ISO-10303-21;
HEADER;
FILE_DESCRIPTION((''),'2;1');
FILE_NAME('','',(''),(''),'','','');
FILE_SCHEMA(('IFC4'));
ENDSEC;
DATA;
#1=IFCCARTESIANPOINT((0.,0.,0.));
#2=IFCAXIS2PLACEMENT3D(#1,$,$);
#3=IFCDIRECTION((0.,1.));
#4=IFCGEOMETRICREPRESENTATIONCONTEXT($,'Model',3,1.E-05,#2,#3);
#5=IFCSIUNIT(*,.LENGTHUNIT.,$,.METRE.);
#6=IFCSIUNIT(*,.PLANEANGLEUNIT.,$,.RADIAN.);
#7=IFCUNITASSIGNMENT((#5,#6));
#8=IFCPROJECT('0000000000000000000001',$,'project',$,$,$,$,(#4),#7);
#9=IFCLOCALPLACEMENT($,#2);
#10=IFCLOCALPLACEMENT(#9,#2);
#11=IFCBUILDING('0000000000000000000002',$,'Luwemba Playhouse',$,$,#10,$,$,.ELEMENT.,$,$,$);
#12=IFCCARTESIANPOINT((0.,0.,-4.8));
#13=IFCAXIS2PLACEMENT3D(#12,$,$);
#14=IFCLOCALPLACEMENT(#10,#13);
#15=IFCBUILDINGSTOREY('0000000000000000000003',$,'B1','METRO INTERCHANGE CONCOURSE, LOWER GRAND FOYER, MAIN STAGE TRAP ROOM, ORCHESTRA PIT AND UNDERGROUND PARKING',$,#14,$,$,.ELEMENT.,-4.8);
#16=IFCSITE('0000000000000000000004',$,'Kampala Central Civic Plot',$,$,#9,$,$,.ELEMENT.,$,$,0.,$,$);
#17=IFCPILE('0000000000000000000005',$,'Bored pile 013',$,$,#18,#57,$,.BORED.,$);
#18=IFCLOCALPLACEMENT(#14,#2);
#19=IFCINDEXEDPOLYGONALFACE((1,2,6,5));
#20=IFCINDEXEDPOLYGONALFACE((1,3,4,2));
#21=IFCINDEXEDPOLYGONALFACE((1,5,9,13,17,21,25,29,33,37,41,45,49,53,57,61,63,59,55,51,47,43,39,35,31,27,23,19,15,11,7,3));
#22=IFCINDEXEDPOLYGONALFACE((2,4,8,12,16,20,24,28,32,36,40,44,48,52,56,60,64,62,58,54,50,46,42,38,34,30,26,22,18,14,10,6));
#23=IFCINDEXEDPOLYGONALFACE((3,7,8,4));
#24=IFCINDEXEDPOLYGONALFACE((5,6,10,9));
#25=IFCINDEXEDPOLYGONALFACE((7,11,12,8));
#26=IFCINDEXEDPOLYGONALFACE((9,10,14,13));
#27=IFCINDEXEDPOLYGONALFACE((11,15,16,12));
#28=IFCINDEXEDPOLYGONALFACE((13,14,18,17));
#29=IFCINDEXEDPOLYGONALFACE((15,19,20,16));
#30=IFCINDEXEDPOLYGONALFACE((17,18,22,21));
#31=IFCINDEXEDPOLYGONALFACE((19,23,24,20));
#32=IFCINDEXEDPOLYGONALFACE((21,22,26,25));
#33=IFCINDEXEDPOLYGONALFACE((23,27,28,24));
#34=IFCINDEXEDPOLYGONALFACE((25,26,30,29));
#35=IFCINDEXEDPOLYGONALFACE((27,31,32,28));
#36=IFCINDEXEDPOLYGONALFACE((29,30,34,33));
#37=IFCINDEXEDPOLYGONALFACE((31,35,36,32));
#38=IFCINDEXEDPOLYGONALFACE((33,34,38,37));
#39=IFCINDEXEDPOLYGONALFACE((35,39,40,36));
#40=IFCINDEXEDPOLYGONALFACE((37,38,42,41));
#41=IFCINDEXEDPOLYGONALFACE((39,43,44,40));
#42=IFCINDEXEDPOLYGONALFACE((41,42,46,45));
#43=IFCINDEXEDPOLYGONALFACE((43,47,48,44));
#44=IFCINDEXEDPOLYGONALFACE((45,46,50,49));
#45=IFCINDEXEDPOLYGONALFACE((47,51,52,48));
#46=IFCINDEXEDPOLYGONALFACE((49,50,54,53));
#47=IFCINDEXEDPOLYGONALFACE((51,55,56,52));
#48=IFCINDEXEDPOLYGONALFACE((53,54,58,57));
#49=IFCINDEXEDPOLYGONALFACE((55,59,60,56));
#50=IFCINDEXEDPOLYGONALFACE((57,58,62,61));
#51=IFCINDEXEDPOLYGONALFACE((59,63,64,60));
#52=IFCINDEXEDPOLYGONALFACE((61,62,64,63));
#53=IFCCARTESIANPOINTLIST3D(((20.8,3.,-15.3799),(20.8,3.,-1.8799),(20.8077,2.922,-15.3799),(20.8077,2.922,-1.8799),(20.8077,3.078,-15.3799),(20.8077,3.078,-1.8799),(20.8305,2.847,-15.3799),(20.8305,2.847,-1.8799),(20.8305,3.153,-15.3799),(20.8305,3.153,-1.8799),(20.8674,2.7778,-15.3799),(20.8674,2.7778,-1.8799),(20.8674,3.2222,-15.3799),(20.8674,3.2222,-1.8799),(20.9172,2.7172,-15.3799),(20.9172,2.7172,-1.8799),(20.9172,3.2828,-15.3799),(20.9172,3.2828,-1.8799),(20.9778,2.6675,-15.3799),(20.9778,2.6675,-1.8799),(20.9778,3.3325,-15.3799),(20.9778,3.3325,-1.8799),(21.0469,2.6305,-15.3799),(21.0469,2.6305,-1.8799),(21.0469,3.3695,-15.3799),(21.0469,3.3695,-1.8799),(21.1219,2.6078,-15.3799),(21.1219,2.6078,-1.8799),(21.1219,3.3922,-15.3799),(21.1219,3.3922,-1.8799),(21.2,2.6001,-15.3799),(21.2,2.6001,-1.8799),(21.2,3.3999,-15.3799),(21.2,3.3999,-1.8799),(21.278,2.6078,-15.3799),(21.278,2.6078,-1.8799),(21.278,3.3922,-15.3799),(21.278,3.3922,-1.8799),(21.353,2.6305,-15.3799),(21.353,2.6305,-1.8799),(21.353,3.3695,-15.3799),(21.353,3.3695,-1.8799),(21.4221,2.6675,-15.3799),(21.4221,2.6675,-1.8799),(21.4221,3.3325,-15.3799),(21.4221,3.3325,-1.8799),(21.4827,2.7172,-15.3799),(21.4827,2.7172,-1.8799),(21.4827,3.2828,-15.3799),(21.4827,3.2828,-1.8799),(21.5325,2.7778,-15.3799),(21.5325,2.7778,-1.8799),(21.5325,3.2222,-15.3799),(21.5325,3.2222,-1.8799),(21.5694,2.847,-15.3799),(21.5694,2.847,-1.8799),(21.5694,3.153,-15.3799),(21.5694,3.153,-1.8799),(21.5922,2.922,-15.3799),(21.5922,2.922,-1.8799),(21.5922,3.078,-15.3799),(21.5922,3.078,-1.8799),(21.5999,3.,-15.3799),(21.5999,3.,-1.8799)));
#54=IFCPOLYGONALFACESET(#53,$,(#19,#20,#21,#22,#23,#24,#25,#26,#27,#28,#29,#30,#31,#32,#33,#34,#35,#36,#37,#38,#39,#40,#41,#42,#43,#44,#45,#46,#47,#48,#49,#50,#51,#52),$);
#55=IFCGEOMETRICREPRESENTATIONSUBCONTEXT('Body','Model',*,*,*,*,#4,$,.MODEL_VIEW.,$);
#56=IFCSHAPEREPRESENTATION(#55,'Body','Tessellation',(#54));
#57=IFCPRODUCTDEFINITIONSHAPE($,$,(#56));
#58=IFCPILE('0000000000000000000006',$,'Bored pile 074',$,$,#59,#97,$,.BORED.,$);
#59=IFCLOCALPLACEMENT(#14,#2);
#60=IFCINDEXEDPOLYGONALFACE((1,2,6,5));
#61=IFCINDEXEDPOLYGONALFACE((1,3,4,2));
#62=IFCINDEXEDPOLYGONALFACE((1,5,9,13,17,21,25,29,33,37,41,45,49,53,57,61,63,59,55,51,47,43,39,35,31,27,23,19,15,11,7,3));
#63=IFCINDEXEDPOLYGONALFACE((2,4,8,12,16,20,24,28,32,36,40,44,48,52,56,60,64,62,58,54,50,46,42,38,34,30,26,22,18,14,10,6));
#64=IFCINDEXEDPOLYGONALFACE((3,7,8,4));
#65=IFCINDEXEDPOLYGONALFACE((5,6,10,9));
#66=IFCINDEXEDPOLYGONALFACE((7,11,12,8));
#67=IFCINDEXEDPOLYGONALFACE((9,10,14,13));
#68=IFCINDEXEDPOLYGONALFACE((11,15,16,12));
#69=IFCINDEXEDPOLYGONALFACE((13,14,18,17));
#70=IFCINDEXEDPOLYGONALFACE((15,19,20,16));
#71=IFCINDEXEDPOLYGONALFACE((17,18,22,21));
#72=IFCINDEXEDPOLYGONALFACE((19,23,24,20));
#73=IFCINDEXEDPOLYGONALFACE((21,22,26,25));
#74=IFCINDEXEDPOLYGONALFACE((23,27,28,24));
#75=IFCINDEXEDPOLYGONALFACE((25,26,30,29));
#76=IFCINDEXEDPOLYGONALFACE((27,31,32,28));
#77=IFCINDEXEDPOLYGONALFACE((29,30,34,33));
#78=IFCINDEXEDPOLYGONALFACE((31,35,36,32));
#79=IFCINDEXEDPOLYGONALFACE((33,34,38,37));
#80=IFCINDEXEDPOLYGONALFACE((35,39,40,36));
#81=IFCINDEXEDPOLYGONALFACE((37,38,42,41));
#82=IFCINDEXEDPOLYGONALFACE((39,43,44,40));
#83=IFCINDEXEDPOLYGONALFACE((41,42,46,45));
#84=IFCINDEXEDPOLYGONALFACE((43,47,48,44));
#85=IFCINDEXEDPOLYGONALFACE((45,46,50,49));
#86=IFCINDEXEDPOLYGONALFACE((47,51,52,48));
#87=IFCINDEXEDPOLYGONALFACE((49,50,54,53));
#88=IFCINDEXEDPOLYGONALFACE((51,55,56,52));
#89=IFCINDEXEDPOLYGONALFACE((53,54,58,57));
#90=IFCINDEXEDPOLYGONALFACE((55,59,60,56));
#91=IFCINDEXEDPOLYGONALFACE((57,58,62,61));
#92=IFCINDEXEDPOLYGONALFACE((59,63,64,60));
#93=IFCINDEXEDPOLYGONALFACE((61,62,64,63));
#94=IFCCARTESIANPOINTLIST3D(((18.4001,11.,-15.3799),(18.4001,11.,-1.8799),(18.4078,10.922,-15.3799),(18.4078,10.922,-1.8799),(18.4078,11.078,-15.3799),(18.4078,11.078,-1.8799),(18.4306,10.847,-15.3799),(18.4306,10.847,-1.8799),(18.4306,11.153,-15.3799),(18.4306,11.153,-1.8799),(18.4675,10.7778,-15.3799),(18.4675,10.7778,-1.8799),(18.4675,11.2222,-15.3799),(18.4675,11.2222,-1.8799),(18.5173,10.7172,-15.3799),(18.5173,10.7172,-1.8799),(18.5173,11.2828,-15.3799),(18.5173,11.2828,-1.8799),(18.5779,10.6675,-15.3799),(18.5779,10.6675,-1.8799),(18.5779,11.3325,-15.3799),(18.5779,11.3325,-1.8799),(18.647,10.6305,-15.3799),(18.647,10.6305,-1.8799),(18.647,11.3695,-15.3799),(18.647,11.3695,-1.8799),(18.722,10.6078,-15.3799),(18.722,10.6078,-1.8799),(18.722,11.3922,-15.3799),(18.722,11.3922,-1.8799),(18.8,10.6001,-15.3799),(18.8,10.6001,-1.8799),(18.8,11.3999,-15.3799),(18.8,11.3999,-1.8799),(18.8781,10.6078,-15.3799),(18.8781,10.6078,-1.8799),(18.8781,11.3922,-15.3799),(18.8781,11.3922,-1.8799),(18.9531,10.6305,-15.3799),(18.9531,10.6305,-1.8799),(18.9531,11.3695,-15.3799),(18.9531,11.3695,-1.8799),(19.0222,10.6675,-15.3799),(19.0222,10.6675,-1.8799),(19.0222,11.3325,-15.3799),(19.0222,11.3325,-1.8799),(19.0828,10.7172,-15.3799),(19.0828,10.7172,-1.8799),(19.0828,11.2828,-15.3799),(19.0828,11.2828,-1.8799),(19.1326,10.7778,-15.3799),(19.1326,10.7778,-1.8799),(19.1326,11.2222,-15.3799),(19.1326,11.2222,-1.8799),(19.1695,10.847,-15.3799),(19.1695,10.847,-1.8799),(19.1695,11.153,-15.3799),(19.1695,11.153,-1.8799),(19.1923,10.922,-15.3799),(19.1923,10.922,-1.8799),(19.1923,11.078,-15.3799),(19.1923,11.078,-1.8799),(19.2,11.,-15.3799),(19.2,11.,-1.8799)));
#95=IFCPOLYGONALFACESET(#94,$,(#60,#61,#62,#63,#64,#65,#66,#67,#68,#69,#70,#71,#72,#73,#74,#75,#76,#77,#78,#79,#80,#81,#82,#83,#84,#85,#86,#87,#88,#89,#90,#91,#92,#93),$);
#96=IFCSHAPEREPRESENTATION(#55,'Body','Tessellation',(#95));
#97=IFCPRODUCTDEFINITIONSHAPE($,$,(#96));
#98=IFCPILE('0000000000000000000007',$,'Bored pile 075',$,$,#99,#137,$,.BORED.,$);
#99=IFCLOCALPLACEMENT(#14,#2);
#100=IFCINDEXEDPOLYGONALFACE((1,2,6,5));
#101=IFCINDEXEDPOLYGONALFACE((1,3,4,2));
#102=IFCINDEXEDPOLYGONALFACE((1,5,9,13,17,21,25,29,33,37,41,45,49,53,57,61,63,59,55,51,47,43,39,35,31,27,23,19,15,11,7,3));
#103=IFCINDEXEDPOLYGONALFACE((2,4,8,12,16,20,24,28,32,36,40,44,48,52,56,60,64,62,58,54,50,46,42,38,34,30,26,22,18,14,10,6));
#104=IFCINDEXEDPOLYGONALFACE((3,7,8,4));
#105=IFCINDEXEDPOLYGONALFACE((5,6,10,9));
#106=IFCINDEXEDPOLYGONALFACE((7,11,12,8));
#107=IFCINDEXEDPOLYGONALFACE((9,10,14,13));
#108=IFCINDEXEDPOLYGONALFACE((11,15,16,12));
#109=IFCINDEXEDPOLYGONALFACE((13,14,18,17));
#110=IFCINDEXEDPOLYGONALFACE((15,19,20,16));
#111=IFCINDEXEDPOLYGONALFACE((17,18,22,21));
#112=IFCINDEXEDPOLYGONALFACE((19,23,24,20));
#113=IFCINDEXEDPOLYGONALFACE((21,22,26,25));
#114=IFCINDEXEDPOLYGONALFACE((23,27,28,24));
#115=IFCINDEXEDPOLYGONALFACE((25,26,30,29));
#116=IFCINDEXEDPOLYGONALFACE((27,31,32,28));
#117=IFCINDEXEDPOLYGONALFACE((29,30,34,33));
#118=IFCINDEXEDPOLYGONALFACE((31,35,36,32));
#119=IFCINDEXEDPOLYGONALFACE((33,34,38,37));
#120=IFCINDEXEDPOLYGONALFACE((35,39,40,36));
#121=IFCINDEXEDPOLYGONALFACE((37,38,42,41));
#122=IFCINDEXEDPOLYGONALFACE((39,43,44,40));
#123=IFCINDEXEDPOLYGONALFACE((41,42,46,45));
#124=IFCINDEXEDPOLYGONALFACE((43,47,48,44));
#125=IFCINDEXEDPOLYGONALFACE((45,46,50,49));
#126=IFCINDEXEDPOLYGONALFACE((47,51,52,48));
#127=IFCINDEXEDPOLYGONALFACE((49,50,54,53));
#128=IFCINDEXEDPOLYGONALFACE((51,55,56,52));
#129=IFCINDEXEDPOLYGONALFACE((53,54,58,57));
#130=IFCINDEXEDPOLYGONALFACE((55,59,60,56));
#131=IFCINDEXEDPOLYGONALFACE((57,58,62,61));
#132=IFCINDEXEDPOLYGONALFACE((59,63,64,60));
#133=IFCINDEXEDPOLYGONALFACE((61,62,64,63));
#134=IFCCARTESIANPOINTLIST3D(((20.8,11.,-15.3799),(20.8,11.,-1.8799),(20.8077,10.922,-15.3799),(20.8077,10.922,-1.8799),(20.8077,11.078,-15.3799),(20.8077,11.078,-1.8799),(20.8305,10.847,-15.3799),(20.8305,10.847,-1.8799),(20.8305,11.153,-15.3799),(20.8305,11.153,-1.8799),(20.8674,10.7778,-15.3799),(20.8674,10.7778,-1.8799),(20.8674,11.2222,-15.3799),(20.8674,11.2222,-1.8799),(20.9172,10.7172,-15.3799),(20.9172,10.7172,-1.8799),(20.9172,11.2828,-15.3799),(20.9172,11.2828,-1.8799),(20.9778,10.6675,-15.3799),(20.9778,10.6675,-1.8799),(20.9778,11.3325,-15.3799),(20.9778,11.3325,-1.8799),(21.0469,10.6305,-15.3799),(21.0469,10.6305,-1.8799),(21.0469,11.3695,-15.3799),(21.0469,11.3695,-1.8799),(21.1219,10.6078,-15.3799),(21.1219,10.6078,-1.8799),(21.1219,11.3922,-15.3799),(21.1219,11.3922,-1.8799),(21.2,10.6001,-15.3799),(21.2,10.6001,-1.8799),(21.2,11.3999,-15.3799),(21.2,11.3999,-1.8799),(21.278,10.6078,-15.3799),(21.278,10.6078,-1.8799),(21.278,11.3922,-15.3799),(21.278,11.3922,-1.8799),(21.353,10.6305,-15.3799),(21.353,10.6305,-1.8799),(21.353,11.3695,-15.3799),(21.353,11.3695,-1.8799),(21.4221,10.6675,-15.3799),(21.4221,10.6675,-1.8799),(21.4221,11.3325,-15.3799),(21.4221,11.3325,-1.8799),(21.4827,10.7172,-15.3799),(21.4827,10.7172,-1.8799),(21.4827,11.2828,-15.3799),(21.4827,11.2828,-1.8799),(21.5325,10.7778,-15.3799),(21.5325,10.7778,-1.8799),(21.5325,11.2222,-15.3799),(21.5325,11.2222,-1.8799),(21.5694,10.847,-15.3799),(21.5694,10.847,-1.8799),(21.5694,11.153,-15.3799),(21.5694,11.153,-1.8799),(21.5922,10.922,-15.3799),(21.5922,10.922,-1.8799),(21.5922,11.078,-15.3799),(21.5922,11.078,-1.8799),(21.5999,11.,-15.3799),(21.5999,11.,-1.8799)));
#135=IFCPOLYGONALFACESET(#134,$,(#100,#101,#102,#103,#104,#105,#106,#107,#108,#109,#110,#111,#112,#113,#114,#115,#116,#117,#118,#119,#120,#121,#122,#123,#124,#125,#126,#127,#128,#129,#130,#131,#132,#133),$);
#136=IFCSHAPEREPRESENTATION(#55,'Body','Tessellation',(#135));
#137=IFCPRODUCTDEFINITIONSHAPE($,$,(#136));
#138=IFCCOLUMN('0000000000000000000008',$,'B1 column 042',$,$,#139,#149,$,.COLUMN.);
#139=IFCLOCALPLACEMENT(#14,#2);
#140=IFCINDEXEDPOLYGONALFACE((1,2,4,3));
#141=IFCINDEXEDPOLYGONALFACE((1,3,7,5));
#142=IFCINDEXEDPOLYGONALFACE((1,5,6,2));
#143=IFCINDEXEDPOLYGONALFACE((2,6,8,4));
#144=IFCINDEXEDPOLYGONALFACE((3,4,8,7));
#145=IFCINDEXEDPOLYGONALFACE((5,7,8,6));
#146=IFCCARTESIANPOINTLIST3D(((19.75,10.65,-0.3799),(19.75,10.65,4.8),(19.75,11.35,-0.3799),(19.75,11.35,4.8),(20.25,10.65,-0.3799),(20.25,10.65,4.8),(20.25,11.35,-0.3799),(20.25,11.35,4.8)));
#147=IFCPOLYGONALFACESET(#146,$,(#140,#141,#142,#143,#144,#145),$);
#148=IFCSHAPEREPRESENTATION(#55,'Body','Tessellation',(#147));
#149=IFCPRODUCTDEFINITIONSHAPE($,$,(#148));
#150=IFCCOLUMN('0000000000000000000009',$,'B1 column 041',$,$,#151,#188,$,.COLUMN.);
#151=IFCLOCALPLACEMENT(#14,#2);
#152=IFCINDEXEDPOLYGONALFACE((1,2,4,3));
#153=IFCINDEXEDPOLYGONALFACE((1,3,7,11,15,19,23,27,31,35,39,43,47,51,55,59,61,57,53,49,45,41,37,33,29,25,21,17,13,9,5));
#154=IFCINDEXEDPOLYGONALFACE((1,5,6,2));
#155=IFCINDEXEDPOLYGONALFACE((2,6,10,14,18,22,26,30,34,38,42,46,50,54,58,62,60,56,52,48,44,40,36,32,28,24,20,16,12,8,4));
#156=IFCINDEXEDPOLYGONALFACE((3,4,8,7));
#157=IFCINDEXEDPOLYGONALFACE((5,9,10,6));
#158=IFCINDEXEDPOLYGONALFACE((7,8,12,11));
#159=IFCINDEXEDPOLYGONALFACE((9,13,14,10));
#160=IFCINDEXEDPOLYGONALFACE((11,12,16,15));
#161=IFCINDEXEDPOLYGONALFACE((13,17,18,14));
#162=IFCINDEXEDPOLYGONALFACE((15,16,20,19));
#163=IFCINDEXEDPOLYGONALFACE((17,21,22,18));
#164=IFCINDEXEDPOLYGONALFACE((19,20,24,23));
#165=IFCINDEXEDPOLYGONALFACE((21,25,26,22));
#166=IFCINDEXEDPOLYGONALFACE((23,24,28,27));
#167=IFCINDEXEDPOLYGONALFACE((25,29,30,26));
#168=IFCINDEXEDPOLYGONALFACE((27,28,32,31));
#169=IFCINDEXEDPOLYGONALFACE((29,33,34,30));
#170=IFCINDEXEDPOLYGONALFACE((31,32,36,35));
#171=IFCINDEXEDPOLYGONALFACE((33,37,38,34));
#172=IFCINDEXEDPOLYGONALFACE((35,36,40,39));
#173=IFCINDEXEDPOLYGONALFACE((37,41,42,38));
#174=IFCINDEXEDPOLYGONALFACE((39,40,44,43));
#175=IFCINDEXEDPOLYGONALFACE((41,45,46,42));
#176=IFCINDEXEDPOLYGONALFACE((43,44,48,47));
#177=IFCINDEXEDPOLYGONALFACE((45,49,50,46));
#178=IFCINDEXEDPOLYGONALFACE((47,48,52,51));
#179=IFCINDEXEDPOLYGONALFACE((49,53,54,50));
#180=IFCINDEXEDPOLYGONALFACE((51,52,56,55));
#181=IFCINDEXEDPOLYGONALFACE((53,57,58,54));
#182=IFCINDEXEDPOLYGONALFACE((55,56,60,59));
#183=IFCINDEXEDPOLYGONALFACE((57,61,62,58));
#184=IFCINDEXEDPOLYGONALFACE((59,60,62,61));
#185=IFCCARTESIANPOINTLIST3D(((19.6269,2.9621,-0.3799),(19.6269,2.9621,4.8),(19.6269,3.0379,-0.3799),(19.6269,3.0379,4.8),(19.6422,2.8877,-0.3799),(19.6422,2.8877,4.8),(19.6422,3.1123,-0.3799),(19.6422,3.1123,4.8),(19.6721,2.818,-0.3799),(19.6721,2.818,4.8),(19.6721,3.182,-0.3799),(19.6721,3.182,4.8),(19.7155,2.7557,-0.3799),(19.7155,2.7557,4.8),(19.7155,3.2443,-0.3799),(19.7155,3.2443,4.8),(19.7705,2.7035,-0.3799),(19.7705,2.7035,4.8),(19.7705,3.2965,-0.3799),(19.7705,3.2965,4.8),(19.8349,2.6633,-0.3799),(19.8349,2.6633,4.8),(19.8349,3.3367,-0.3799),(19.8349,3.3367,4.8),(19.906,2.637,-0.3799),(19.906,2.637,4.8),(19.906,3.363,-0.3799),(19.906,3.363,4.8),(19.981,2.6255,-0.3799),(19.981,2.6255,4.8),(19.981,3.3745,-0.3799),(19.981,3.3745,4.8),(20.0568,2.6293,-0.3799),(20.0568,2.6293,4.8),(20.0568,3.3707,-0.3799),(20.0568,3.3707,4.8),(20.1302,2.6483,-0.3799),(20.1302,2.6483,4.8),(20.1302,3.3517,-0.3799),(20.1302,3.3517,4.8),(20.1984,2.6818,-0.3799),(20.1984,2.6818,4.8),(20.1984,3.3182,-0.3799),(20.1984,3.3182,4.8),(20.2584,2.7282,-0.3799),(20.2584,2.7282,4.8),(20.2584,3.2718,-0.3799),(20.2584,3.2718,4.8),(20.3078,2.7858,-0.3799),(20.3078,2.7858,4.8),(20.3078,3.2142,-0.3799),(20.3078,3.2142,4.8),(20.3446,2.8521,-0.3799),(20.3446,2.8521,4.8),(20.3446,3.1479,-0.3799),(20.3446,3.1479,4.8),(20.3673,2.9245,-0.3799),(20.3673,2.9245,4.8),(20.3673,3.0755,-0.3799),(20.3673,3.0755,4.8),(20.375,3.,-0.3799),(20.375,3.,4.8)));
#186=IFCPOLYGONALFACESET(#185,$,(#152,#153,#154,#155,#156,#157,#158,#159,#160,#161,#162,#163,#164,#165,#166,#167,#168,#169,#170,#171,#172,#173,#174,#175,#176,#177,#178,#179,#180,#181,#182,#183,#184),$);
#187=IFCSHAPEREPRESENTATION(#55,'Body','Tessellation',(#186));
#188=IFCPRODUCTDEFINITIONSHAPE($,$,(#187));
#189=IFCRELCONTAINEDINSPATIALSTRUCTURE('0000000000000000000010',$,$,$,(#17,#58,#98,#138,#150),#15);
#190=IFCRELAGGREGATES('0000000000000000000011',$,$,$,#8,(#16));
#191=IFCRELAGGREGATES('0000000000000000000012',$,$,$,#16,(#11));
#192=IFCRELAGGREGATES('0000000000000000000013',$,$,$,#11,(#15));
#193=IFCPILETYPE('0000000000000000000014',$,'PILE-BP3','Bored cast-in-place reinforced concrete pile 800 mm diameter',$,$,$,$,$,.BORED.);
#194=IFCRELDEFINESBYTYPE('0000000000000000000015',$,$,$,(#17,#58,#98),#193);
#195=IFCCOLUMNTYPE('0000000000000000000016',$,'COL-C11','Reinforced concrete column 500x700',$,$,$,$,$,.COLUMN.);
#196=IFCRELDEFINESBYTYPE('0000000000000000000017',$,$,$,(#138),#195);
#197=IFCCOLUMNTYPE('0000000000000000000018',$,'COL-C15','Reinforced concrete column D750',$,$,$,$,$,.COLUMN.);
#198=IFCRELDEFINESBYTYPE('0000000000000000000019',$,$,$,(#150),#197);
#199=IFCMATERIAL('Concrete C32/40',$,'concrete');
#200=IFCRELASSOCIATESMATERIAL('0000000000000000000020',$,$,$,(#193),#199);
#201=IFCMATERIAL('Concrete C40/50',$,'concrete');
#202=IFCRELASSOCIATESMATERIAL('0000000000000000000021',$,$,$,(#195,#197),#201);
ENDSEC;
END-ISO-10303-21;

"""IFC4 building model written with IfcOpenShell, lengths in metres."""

from ifc_helpers import new_model, si_unit, direction, frame, origin, origin_2d, place, context, subcontext, project, spatial, rectangle, circle, extrude, material, material_profile, profile_set, type_object, element, save


model = new_model("IFC4")

# Units and contexts
model_context = context("Model", 3, precision=1e-05, world=origin(), true_north=direction((0.0, 1.0)))
body_context = subcontext(model_context, "Body", "Model", "MODEL_VIEW")
ifc_project = project(units=[si_unit("LENGTHUNIT", "METRE"), si_unit("PLANEANGLEUNIT", "RADIAN")], contexts=[model_context])

# Site, building, storey
site_placement = place(None, origin())
site = spatial("IfcSite", under=ifc_project, at=site_placement, Name="Kampala Central Civic Plot", CompositionType="ELEMENT", RefElevation=0.0)
building_placement = place(site_placement, origin())
building = spatial("IfcBuilding", under=site, at=building_placement, Name="Luwemba Playhouse", CompositionType="ELEMENT")
storey_placement = place(building_placement, frame((0.0, 0.0, -4.8)))
storey = spatial("IfcBuildingStorey", under=building, at=storey_placement, Name="B1", Description="METRO INTERCHANGE CONCOURSE, LOWER GRAND FOYER, MAIN STAGE TRAP ROOM, ORCHESTRA PIT AND UNDERGROUND PARKING", CompositionType="ELEMENT", Elevation=-4.8)

# Shared definitions
ifc_material_1 = material(Name="Concrete C32/40", Category="concrete")

# Piles
ifc_material_profile_1 = material_profile(ifc_material_1, circle(Radius=0.3999, at=origin_2d()))
ifc_profile_set_1 = profile_set([ifc_material_profile_1], Name="Concrete C32/40")
pile_type_1 = type_object("IfcPileType", Name="PILE-BP3", Description="Bored cast-in-place reinforced concrete pile 800 mm diameter", PredefinedType="BORED", material=ifc_profile_set_1)
for number, where, z_axis, x_axis, name in (
    (1, (21.2, 3.0, -1.8799), (0.0, 0.0, -1.0), (1.0, 0.0, 0.0), "Bored pile 013"),
    (2, (18.8, 11.0, -1.8799), (0.0, 0.0, -1.0), (1.0, 0.0, 0.0), "Bored pile 074"),
    (3, (21.2, 11.0, -1.8799), (0.0, 0.0, -1.0), (1.0, 0.0, 0.0), "Bored pile 075"),
):
    element("IfcPile", number, at=place(storey_placement, frame(where, z_axis=z_axis, x_axis=x_axis)), inside=storey, type_object=pile_type_1, Name=name, PredefinedType="BORED", context=body_context, shape_type="SweptSolid", body=[
        extrude(circle(Radius=0.3999, at=origin_2d()), origin(), (0.0, 0.0, 1.0), 13.5),
    ])

# Columns
ifc_material_2 = material(Name="Concrete C40/50", Category="concrete")
ifc_material_profile_2 = material_profile(ifc_material_2, rectangle(XDim=0.5, YDim=0.7, at=origin_2d()))
ifc_profile_set_2 = profile_set([ifc_material_profile_2], Name="Concrete C40/50")
column_type_1 = type_object("IfcColumnType", Name="COL-C11", Description="Reinforced concrete column 500x700", PredefinedType="COLUMN", material=ifc_profile_set_2)
column_1_placement = place(storey_placement, frame((20.0, 11.0, -0.3799), z_axis=(0.0, 0.0, 1.0), x_axis=(1.0, 0.0, 0.0)))
element("IfcColumn", 4, at=column_1_placement, inside=storey, type_object=column_type_1, Name="B1 column 042", PredefinedType="COLUMN", context=body_context, shape_type="SweptSolid", body=[
    extrude(rectangle(XDim=0.5, YDim=0.7, at=origin_2d()), origin(), (0.0, 0.0, 1.0), 5.1799),
])
ifc_material_profile_3 = material_profile(ifc_material_2, circle(Radius=0.375, at=origin_2d()))
ifc_profile_set_3 = profile_set([ifc_material_profile_3], Name="Concrete C40/50")
column_type_2 = type_object("IfcColumnType", Name="COL-C15", Description="Reinforced concrete column D750", PredefinedType="COLUMN", material=ifc_profile_set_3)
for number, where, z_axis, x_axis, name in (
    (5, (20.0, 3.0, -0.3799), (0.0, 0.0, 1.0), (1.0, 0.0, 0.0), "B1 column 041"),
):
    element("IfcColumn", number, at=place(storey_placement, frame(where, z_axis=z_axis, x_axis=x_axis)), inside=storey, type_object=column_type_2, Name=name, PredefinedType="COLUMN", context=body_context, shape_type="SweptSolid", body=[
        extrude(circle(Radius=0.375, at=origin_2d()), origin(), (0.0, 0.0, 1.0), 5.1799),
    ])

save(model, "model.ifc")
